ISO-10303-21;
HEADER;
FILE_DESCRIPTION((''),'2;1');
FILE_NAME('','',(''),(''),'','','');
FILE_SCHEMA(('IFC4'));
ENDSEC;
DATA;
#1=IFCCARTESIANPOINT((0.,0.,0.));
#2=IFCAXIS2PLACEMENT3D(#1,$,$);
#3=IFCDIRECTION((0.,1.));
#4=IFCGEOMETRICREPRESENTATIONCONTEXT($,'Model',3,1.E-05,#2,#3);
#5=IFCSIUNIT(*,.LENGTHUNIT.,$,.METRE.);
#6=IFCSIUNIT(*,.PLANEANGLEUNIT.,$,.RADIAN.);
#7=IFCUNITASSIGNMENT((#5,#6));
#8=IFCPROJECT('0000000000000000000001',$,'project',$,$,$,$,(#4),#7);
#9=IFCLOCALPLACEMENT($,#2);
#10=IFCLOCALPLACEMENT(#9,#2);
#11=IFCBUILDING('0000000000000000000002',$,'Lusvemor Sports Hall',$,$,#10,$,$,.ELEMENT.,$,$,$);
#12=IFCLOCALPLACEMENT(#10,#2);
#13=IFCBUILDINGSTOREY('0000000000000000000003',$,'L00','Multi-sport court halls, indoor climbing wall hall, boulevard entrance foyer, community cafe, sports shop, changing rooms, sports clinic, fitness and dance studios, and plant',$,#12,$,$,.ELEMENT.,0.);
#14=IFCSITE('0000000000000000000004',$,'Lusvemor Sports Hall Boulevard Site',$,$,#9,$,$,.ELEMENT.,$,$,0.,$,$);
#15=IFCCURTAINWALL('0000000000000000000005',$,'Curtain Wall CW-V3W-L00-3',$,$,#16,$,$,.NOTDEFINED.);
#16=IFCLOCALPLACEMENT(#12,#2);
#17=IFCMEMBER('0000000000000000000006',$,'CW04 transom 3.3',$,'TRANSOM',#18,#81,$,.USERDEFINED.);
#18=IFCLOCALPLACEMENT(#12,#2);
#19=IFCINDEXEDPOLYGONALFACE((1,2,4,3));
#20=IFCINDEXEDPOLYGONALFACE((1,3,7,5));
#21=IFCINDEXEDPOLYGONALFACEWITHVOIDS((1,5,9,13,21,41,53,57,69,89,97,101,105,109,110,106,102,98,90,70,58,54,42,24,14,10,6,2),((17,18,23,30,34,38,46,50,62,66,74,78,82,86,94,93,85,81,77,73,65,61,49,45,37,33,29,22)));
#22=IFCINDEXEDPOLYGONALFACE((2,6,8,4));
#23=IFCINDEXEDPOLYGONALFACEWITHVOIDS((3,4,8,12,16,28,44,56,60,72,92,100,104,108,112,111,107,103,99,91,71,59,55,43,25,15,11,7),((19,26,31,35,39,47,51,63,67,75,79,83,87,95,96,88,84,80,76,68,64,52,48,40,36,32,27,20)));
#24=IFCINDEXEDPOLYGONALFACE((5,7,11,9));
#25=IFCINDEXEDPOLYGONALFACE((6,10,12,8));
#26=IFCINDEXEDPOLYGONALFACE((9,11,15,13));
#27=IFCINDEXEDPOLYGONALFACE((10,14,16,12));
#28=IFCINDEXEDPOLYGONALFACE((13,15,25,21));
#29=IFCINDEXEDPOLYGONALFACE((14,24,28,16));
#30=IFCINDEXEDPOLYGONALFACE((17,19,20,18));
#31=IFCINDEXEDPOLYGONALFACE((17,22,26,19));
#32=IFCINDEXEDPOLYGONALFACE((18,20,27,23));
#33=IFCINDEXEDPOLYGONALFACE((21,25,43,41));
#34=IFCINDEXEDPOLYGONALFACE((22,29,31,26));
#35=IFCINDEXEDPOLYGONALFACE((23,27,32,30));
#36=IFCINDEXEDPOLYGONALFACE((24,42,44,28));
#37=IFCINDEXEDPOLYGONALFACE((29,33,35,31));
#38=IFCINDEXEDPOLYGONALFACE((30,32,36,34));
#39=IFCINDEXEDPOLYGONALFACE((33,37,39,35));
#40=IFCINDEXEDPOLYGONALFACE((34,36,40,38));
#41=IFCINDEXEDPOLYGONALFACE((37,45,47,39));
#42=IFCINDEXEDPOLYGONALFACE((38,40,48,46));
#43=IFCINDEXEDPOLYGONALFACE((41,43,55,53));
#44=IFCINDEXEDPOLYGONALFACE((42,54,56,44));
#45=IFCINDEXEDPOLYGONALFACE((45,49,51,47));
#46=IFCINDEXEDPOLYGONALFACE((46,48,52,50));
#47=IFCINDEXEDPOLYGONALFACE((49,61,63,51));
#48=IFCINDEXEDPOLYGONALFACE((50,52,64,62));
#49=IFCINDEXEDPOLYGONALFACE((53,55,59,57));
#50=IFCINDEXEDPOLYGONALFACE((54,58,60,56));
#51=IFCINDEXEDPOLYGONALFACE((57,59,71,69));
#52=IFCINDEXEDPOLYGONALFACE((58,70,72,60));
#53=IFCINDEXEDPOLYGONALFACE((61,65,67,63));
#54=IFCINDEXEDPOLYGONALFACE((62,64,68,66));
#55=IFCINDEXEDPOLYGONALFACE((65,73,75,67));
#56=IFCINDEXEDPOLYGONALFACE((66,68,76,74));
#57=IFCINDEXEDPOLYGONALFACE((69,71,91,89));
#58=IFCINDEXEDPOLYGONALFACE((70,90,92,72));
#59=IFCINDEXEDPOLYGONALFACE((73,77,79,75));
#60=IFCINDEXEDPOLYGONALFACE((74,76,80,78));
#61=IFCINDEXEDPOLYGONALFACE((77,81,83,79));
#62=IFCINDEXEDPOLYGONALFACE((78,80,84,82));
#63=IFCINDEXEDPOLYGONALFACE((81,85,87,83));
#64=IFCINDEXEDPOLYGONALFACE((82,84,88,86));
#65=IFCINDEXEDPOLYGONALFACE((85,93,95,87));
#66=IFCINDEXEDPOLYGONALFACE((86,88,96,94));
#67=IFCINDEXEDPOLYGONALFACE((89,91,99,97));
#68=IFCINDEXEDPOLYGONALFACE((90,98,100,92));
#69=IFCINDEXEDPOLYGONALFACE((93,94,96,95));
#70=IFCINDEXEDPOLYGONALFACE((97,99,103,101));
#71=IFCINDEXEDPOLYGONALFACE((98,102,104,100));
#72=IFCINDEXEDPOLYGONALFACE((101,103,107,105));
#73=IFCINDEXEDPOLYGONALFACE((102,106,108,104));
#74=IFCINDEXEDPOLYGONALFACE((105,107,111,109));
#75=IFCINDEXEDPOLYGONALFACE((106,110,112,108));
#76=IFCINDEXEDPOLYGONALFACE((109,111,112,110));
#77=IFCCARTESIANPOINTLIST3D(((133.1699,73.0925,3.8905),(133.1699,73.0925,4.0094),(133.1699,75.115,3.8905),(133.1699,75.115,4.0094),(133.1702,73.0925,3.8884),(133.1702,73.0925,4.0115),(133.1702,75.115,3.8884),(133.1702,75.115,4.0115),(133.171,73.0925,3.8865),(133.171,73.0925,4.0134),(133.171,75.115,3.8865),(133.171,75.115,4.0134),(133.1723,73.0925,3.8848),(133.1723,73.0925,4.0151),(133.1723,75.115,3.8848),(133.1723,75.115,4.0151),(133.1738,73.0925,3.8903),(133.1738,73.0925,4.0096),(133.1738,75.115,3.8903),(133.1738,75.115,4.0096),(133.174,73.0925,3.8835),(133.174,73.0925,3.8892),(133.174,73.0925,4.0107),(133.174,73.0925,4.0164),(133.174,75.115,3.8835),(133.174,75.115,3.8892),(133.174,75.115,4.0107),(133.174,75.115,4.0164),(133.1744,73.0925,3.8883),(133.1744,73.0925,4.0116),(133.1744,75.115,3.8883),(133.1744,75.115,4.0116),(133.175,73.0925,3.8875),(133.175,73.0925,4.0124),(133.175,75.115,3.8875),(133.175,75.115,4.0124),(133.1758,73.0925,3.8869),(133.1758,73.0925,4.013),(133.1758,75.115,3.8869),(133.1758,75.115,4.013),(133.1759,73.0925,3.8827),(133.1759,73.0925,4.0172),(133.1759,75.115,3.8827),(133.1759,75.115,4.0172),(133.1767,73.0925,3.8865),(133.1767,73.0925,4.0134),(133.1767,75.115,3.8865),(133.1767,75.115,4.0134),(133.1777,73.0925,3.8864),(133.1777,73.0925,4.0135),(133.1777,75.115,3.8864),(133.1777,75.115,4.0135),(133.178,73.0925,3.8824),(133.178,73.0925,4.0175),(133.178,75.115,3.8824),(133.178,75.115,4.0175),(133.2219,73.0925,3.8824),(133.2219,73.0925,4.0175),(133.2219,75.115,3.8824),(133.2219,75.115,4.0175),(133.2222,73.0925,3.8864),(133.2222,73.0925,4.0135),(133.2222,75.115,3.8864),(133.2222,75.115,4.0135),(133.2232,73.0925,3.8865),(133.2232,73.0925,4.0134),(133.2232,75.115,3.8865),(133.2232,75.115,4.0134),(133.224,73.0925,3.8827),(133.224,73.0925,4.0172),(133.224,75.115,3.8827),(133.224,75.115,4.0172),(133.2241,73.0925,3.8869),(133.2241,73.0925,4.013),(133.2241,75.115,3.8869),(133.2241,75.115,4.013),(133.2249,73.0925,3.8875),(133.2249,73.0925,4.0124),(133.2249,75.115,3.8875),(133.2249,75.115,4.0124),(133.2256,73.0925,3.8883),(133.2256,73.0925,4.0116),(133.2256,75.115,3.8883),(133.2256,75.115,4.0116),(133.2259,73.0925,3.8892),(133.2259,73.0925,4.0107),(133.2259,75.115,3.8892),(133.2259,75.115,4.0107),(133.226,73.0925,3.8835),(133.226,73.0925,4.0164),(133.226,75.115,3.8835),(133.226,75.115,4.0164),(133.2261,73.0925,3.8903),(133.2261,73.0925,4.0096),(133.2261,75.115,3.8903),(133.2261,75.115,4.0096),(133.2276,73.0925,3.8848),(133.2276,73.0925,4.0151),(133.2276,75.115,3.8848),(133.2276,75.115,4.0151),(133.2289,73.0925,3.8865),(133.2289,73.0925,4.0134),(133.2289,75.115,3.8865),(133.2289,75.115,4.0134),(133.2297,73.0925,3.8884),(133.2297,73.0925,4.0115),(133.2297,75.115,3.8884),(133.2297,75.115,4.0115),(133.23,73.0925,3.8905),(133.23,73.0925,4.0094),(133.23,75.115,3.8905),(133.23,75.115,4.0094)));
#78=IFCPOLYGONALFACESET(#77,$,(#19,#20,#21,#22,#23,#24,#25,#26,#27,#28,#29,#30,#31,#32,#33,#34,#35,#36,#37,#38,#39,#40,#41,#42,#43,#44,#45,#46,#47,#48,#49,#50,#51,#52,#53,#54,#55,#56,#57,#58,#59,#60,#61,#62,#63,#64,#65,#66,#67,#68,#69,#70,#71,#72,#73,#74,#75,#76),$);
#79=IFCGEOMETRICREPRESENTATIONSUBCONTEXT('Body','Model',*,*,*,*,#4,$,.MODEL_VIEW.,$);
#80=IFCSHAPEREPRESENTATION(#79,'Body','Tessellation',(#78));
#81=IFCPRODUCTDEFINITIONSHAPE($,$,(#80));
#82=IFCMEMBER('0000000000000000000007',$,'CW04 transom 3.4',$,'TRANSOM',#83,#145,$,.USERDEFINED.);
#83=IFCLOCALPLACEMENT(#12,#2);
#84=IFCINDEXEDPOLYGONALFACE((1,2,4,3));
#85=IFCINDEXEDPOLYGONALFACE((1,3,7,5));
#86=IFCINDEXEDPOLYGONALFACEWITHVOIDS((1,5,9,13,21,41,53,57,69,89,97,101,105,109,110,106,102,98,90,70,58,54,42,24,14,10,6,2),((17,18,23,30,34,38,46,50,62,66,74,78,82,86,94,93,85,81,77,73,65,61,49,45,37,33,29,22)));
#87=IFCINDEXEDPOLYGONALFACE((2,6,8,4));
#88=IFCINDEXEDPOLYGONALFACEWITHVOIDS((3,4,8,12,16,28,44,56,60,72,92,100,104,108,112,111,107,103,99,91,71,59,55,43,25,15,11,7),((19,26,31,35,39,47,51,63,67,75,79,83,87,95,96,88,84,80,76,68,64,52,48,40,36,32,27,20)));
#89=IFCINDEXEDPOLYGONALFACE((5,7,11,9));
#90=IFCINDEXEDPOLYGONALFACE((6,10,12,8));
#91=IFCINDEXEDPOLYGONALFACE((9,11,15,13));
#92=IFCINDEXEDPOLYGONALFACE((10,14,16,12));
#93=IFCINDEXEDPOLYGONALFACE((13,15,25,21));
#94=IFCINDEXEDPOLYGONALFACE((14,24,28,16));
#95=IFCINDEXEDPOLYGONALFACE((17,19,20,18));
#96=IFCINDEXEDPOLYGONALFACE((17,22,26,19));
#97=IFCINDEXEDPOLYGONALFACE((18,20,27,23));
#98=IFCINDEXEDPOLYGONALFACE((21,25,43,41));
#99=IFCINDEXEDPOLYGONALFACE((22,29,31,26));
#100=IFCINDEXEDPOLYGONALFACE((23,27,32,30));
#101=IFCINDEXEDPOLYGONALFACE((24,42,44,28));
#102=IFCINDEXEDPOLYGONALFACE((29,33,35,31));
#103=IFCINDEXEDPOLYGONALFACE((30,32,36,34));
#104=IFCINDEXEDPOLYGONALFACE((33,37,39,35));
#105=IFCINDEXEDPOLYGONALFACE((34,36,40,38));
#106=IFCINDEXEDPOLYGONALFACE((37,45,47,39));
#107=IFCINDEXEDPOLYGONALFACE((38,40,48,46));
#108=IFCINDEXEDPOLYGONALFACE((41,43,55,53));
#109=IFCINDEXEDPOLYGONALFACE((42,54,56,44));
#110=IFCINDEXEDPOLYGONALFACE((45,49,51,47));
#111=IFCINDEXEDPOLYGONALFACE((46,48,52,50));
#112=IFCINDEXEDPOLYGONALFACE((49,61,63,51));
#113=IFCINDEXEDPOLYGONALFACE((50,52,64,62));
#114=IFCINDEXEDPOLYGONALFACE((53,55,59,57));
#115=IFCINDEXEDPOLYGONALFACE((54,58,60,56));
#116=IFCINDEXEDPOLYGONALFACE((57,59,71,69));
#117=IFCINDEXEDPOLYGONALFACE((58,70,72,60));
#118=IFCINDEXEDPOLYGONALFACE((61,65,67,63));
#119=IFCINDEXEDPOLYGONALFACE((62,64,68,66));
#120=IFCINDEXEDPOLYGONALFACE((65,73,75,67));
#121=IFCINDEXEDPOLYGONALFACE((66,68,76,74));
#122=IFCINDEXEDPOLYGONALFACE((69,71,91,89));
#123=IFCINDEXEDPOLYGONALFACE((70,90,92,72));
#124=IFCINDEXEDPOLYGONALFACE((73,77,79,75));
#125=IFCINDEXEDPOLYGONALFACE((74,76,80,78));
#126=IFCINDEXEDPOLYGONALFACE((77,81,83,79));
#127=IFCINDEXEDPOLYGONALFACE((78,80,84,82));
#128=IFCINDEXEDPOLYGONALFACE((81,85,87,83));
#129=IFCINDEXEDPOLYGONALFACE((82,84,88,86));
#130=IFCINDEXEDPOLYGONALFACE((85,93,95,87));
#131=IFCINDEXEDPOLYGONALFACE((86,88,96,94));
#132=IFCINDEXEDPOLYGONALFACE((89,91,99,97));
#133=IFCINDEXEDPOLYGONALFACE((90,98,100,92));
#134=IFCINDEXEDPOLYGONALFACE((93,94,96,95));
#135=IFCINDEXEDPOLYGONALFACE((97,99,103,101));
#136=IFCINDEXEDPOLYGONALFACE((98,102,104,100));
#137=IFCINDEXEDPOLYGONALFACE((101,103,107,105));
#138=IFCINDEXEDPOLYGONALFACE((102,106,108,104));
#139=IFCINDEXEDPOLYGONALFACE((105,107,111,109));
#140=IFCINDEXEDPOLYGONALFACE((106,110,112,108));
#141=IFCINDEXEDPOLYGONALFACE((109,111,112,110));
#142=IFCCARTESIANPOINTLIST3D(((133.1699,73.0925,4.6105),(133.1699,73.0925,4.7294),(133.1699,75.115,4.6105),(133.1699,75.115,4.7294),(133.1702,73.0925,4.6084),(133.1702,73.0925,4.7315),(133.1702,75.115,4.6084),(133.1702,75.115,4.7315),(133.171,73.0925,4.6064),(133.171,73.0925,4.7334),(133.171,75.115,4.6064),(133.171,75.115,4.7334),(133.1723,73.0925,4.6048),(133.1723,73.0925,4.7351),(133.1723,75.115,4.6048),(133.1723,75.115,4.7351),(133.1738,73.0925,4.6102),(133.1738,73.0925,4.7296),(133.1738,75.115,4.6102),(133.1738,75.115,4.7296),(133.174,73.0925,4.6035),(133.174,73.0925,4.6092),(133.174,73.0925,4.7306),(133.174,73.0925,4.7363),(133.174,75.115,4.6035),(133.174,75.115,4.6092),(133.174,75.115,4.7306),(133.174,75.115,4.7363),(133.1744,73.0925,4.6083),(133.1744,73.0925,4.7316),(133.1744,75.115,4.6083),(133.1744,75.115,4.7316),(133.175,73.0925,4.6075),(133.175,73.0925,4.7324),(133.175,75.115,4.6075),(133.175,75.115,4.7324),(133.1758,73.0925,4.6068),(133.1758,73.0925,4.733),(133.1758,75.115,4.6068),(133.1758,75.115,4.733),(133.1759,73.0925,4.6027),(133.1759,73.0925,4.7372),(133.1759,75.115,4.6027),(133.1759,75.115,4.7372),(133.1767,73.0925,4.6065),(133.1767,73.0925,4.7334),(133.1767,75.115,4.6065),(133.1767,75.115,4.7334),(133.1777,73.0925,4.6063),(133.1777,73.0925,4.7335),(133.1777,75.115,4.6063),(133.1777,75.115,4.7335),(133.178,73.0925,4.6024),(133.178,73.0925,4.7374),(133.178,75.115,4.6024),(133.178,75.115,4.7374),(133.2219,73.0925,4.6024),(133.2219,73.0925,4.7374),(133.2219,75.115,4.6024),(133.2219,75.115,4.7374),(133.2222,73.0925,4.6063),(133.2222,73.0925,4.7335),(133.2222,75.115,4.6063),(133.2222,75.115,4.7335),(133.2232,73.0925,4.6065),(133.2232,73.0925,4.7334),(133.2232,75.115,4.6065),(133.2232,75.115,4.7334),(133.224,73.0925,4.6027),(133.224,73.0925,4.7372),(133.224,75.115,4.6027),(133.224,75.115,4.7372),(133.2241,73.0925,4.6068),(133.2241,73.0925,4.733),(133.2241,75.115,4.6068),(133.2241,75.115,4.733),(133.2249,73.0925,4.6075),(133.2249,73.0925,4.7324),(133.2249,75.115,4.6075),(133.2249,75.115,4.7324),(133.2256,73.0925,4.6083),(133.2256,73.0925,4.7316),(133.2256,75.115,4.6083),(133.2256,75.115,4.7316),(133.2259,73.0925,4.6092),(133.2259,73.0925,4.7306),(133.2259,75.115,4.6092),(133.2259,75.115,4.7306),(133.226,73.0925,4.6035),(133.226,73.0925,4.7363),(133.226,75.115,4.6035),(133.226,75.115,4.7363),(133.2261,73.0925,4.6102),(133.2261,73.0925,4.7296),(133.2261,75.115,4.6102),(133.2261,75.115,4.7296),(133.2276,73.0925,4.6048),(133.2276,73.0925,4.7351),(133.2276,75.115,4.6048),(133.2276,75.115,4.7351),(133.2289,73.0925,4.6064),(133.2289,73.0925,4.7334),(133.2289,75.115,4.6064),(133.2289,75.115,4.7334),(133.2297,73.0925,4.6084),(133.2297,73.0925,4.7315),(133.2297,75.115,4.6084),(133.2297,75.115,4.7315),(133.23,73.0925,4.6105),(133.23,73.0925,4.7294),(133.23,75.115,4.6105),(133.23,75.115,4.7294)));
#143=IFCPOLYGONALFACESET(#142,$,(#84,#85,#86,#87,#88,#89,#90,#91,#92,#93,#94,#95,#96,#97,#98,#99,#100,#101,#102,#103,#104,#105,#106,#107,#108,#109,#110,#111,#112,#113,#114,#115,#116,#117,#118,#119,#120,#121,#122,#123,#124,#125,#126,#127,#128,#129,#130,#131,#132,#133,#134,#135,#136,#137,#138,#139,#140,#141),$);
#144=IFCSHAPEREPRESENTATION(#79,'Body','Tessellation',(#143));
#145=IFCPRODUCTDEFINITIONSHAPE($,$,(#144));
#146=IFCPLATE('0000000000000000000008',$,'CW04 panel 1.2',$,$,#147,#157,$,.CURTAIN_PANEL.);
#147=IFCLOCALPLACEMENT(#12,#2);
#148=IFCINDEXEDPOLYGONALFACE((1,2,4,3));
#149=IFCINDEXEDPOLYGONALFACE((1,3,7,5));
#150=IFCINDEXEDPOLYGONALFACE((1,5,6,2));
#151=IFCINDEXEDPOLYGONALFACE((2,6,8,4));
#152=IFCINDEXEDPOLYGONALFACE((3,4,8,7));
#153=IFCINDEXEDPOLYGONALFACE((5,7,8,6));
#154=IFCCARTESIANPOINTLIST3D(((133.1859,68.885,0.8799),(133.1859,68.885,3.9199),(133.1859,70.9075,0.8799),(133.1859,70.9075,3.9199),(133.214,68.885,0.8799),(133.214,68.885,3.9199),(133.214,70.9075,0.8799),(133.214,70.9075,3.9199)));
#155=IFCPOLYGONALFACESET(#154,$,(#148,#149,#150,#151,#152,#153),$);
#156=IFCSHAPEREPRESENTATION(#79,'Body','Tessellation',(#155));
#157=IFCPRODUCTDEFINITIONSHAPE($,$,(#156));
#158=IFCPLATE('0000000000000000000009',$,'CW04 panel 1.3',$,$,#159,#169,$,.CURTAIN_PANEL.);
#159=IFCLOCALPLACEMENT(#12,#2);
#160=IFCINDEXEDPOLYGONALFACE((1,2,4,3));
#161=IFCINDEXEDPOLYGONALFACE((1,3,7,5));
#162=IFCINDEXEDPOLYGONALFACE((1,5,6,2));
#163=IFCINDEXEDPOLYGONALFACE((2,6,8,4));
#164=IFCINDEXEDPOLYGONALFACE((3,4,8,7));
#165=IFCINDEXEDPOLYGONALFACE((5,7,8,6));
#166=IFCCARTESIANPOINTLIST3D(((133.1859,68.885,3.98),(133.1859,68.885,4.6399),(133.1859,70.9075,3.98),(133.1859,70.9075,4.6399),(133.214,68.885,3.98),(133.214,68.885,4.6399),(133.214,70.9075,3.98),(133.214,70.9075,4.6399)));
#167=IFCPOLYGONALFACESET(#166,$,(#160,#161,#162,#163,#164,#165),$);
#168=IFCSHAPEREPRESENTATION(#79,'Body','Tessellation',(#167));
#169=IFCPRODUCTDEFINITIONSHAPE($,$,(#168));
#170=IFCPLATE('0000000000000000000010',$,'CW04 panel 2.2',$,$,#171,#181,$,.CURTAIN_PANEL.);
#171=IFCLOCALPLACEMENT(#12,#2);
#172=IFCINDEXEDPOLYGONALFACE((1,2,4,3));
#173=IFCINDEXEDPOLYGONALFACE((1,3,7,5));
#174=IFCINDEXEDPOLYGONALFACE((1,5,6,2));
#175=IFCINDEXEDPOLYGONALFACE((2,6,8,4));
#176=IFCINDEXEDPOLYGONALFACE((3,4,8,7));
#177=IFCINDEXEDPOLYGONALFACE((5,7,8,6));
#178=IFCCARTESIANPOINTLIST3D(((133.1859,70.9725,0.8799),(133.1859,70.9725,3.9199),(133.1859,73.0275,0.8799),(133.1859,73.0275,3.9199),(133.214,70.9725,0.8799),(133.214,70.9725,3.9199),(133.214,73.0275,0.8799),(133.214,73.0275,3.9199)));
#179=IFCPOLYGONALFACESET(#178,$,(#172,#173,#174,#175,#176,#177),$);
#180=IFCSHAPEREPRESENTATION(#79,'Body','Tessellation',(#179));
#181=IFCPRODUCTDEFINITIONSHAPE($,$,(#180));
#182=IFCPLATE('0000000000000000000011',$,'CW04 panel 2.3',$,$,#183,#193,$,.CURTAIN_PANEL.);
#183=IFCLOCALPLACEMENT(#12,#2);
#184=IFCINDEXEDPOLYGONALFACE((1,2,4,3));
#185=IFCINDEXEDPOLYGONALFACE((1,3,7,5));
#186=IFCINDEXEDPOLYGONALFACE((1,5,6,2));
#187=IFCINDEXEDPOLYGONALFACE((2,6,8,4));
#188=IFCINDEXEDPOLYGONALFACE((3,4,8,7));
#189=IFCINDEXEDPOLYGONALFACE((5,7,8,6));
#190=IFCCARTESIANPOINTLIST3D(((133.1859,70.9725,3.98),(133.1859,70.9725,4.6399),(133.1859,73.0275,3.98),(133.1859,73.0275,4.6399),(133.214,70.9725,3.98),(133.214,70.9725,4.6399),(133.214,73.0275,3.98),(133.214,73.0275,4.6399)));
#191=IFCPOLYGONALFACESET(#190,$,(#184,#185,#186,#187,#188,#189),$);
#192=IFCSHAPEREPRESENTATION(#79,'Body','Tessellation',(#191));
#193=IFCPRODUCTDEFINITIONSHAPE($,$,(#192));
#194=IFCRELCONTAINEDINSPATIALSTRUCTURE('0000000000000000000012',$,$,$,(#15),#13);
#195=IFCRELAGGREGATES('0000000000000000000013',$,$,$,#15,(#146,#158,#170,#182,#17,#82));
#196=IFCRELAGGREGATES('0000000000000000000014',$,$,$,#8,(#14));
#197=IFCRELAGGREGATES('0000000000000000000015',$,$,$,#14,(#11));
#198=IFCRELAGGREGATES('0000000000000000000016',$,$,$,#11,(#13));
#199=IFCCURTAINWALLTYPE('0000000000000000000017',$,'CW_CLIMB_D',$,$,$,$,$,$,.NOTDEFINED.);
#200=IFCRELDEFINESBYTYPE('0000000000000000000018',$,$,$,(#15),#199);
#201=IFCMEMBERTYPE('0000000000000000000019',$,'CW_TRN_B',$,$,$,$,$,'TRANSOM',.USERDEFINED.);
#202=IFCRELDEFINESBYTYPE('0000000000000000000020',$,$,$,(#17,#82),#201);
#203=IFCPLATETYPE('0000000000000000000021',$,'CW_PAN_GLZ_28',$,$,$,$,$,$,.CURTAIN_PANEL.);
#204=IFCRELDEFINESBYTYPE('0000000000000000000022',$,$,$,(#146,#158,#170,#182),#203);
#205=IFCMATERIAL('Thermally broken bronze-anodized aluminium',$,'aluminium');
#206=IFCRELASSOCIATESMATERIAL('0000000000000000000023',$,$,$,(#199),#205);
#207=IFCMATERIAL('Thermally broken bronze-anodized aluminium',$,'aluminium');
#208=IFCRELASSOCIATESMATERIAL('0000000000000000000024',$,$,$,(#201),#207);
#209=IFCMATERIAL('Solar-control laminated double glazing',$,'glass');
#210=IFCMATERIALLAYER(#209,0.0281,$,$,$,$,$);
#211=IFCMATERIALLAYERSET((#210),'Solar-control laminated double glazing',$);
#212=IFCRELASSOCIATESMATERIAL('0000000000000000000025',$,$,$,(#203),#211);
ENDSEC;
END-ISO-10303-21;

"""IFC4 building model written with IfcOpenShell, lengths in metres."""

from ifc_helpers import new_model, si_unit, direction, frame, origin, origin_2d, place, context, subcontext, project, spatial, rectangle, hollow_rectangle, extrude, material, layer, layer_set, material_profile, profile_set, type_object, element, aggregate, save


model = new_model("IFC4")

# Units and contexts
model_context = context("Model", 3, precision=1e-05, world=origin(), true_north=direction((0.0, 1.0)))
body_context = subcontext(model_context, "Body", "Model", "MODEL_VIEW")
ifc_project = project(units=[si_unit("LENGTHUNIT", "METRE"), si_unit("PLANEANGLEUNIT", "RADIAN")], contexts=[model_context])

# Site, building, storey
site_placement = place(None, origin())
site = spatial("IfcSite", under=ifc_project, at=site_placement, Name="Lusvemor Sports Hall Boulevard Site", CompositionType="ELEMENT", RefElevation=0.0)
building_placement = place(site_placement, origin())
building = spatial("IfcBuilding", under=site, at=building_placement, Name="Lusvemor Sports Hall", CompositionType="ELEMENT")
storey_placement = place(building_placement, origin())
storey = spatial("IfcBuildingStorey", under=building, at=storey_placement, Name="L00", Description="Multi-sport court halls, indoor climbing wall hall, boulevard entrance foyer, community cafe, sports shop, changing rooms, sports clinic, fitness and dance studios, and plant", CompositionType="ELEMENT", Elevation=0.0)

# Shared definitions
ifc_material_1 = material(Name="Thermally broken bronze-anodized aluminium", Category="aluminium")
curtain_wall_type = type_object("IfcCurtainWallType", Name="CW_CLIMB_D", PredefinedType="NOTDEFINED", material=ifc_material_1)

# Curtain wall, members, plates
curtain_wall_1_placement = place(storey_placement, origin())
curtain_wall_1 = element("IfcCurtainWall", 1, at=curtain_wall_1_placement, inside=storey, type_object=curtain_wall_type, Name="Curtain Wall CW-V3W-L00-3", PredefinedType="NOTDEFINED")
ifc_material_2 = material(Name="Thermally broken bronze-anodized aluminium", Category="aluminium")
ifc_material_profile_1 = material_profile(ifc_material_2, hollow_rectangle(XDim=0.0601, YDim=0.135, WallThickness=0.0039, InnerFilletRadius=0.0039, OuterFilletRadius=0.0081, at=origin_2d()), Name="CWTRN135x60x4")
ifc_profile_set_1 = profile_set([ifc_material_profile_1], Name="Thermally broken bronze-anodized aluminium")
member_type_1 = type_object("IfcMemberType", Name="CW_TRN_B", ElementType="TRANSOM", PredefinedType="USERDEFINED", material=ifc_profile_set_1)
member_1_placement = place(storey_placement, frame((133.2, 73.0925, 3.95), z_axis=(0.0, 1.0, 0.0), x_axis=(-1.0, 0.0, 0.0)))
member_1 = element("IfcMember", 2, at=member_1_placement, type_object=member_type_1, Name="CW04 transom 3.3", ObjectType="TRANSOM", PredefinedType="USERDEFINED", context=body_context, shape_type="SweptSolid", body=[
    extrude(hollow_rectangle(XDim=0.0601, YDim=0.135, WallThickness=0.0039, InnerFilletRadius=0.0039, OuterFilletRadius=0.0081, at=origin_2d()), origin(), (0.0, 0.0, 1.0), 2.0225),
])
member_2_placement = place(storey_placement, frame((133.2, 73.0925, 4.6699), z_axis=(0.0, 1.0, 0.0), x_axis=(-1.0, 0.0, 0.0)))
member_2 = element("IfcMember", 3, at=member_2_placement, type_object=member_type_1, Name="CW04 transom 3.4", ObjectType="TRANSOM", PredefinedType="USERDEFINED", context=body_context, shape_type="SweptSolid", body=[
    extrude(hollow_rectangle(XDim=0.0601, YDim=0.135, WallThickness=0.0039, InnerFilletRadius=0.0039, OuterFilletRadius=0.0081, at=origin_2d()), origin(), (0.0, 0.0, 1.0), 2.0225),
])
ifc_material_3 = material(Name="Solar-control laminated double glazing", Category="glass")
ifc_layer_1 = layer(ifc_material_3, 0.0281)
ifc_layer_set_1 = layer_set([ifc_layer_1], Name="Solar-control laminated double glazing")
plate_type_1 = type_object("IfcPlateType", Name="CW_PAN_GLZ_28", PredefinedType="CURTAIN_PANEL", material=ifc_layer_set_1)
plate_1_placement = place(storey_placement, frame((133.2, 69.8962, 0.8799), z_axis=(0.0, 0.0, 1.0), x_axis=(0.0, 1.0, 0.0)))
plate_1 = element("IfcPlate", 4, at=plate_1_placement, type_object=plate_type_1, Name="CW04 panel 1.2", PredefinedType="CURTAIN_PANEL", context=body_context, shape_type="SweptSolid", body=[
    extrude(rectangle(XDim=2.0225, YDim=0.0281, at=origin_2d()), origin(), (0.0, 0.0, 1.0), 3.04),
])
plate_2_placement = place(storey_placement, frame((133.2, 69.8962, 3.98), z_axis=(0.0, 0.0, 1.0), x_axis=(0.0, 1.0, 0.0)))
plate_2 = element("IfcPlate", 5, at=plate_2_placement, type_object=plate_type_1, Name="CW04 panel 1.3", PredefinedType="CURTAIN_PANEL", context=body_context, shape_type="SweptSolid", body=[
    extrude(rectangle(XDim=2.0225, YDim=0.0281, at=origin_2d()), origin(), (0.0, 0.0, 1.0), 0.6599),
])
plate_3_placement = place(storey_placement, frame((133.2, 72.0, 0.8799), z_axis=(0.0, 0.0, 1.0), x_axis=(0.0, 1.0, 0.0)))
plate_3 = element("IfcPlate", 6, at=plate_3_placement, type_object=plate_type_1, Name="CW04 panel 2.2", PredefinedType="CURTAIN_PANEL", context=body_context, shape_type="SweptSolid", body=[
    extrude(rectangle(XDim=2.0549, YDim=0.0281, at=origin_2d()), origin(), (0.0, 0.0, 1.0), 3.04),
])
plate_4_placement = place(storey_placement, frame((133.2, 72.0, 3.98), z_axis=(0.0, 0.0, 1.0), x_axis=(0.0, 1.0, 0.0)))
plate_4 = element("IfcPlate", 7, at=plate_4_placement, type_object=plate_type_1, Name="CW04 panel 2.3", PredefinedType="CURTAIN_PANEL", context=body_context, shape_type="SweptSolid", body=[
    extrude(rectangle(XDim=2.0549, YDim=0.0281, at=origin_2d()), origin(), (0.0, 0.0, 1.0), 0.6599),
])
aggregate(curtain_wall_1, [plate_1, plate_2, plate_3, plate_4, member_1, member_2])

save(model, "model.ifc")
